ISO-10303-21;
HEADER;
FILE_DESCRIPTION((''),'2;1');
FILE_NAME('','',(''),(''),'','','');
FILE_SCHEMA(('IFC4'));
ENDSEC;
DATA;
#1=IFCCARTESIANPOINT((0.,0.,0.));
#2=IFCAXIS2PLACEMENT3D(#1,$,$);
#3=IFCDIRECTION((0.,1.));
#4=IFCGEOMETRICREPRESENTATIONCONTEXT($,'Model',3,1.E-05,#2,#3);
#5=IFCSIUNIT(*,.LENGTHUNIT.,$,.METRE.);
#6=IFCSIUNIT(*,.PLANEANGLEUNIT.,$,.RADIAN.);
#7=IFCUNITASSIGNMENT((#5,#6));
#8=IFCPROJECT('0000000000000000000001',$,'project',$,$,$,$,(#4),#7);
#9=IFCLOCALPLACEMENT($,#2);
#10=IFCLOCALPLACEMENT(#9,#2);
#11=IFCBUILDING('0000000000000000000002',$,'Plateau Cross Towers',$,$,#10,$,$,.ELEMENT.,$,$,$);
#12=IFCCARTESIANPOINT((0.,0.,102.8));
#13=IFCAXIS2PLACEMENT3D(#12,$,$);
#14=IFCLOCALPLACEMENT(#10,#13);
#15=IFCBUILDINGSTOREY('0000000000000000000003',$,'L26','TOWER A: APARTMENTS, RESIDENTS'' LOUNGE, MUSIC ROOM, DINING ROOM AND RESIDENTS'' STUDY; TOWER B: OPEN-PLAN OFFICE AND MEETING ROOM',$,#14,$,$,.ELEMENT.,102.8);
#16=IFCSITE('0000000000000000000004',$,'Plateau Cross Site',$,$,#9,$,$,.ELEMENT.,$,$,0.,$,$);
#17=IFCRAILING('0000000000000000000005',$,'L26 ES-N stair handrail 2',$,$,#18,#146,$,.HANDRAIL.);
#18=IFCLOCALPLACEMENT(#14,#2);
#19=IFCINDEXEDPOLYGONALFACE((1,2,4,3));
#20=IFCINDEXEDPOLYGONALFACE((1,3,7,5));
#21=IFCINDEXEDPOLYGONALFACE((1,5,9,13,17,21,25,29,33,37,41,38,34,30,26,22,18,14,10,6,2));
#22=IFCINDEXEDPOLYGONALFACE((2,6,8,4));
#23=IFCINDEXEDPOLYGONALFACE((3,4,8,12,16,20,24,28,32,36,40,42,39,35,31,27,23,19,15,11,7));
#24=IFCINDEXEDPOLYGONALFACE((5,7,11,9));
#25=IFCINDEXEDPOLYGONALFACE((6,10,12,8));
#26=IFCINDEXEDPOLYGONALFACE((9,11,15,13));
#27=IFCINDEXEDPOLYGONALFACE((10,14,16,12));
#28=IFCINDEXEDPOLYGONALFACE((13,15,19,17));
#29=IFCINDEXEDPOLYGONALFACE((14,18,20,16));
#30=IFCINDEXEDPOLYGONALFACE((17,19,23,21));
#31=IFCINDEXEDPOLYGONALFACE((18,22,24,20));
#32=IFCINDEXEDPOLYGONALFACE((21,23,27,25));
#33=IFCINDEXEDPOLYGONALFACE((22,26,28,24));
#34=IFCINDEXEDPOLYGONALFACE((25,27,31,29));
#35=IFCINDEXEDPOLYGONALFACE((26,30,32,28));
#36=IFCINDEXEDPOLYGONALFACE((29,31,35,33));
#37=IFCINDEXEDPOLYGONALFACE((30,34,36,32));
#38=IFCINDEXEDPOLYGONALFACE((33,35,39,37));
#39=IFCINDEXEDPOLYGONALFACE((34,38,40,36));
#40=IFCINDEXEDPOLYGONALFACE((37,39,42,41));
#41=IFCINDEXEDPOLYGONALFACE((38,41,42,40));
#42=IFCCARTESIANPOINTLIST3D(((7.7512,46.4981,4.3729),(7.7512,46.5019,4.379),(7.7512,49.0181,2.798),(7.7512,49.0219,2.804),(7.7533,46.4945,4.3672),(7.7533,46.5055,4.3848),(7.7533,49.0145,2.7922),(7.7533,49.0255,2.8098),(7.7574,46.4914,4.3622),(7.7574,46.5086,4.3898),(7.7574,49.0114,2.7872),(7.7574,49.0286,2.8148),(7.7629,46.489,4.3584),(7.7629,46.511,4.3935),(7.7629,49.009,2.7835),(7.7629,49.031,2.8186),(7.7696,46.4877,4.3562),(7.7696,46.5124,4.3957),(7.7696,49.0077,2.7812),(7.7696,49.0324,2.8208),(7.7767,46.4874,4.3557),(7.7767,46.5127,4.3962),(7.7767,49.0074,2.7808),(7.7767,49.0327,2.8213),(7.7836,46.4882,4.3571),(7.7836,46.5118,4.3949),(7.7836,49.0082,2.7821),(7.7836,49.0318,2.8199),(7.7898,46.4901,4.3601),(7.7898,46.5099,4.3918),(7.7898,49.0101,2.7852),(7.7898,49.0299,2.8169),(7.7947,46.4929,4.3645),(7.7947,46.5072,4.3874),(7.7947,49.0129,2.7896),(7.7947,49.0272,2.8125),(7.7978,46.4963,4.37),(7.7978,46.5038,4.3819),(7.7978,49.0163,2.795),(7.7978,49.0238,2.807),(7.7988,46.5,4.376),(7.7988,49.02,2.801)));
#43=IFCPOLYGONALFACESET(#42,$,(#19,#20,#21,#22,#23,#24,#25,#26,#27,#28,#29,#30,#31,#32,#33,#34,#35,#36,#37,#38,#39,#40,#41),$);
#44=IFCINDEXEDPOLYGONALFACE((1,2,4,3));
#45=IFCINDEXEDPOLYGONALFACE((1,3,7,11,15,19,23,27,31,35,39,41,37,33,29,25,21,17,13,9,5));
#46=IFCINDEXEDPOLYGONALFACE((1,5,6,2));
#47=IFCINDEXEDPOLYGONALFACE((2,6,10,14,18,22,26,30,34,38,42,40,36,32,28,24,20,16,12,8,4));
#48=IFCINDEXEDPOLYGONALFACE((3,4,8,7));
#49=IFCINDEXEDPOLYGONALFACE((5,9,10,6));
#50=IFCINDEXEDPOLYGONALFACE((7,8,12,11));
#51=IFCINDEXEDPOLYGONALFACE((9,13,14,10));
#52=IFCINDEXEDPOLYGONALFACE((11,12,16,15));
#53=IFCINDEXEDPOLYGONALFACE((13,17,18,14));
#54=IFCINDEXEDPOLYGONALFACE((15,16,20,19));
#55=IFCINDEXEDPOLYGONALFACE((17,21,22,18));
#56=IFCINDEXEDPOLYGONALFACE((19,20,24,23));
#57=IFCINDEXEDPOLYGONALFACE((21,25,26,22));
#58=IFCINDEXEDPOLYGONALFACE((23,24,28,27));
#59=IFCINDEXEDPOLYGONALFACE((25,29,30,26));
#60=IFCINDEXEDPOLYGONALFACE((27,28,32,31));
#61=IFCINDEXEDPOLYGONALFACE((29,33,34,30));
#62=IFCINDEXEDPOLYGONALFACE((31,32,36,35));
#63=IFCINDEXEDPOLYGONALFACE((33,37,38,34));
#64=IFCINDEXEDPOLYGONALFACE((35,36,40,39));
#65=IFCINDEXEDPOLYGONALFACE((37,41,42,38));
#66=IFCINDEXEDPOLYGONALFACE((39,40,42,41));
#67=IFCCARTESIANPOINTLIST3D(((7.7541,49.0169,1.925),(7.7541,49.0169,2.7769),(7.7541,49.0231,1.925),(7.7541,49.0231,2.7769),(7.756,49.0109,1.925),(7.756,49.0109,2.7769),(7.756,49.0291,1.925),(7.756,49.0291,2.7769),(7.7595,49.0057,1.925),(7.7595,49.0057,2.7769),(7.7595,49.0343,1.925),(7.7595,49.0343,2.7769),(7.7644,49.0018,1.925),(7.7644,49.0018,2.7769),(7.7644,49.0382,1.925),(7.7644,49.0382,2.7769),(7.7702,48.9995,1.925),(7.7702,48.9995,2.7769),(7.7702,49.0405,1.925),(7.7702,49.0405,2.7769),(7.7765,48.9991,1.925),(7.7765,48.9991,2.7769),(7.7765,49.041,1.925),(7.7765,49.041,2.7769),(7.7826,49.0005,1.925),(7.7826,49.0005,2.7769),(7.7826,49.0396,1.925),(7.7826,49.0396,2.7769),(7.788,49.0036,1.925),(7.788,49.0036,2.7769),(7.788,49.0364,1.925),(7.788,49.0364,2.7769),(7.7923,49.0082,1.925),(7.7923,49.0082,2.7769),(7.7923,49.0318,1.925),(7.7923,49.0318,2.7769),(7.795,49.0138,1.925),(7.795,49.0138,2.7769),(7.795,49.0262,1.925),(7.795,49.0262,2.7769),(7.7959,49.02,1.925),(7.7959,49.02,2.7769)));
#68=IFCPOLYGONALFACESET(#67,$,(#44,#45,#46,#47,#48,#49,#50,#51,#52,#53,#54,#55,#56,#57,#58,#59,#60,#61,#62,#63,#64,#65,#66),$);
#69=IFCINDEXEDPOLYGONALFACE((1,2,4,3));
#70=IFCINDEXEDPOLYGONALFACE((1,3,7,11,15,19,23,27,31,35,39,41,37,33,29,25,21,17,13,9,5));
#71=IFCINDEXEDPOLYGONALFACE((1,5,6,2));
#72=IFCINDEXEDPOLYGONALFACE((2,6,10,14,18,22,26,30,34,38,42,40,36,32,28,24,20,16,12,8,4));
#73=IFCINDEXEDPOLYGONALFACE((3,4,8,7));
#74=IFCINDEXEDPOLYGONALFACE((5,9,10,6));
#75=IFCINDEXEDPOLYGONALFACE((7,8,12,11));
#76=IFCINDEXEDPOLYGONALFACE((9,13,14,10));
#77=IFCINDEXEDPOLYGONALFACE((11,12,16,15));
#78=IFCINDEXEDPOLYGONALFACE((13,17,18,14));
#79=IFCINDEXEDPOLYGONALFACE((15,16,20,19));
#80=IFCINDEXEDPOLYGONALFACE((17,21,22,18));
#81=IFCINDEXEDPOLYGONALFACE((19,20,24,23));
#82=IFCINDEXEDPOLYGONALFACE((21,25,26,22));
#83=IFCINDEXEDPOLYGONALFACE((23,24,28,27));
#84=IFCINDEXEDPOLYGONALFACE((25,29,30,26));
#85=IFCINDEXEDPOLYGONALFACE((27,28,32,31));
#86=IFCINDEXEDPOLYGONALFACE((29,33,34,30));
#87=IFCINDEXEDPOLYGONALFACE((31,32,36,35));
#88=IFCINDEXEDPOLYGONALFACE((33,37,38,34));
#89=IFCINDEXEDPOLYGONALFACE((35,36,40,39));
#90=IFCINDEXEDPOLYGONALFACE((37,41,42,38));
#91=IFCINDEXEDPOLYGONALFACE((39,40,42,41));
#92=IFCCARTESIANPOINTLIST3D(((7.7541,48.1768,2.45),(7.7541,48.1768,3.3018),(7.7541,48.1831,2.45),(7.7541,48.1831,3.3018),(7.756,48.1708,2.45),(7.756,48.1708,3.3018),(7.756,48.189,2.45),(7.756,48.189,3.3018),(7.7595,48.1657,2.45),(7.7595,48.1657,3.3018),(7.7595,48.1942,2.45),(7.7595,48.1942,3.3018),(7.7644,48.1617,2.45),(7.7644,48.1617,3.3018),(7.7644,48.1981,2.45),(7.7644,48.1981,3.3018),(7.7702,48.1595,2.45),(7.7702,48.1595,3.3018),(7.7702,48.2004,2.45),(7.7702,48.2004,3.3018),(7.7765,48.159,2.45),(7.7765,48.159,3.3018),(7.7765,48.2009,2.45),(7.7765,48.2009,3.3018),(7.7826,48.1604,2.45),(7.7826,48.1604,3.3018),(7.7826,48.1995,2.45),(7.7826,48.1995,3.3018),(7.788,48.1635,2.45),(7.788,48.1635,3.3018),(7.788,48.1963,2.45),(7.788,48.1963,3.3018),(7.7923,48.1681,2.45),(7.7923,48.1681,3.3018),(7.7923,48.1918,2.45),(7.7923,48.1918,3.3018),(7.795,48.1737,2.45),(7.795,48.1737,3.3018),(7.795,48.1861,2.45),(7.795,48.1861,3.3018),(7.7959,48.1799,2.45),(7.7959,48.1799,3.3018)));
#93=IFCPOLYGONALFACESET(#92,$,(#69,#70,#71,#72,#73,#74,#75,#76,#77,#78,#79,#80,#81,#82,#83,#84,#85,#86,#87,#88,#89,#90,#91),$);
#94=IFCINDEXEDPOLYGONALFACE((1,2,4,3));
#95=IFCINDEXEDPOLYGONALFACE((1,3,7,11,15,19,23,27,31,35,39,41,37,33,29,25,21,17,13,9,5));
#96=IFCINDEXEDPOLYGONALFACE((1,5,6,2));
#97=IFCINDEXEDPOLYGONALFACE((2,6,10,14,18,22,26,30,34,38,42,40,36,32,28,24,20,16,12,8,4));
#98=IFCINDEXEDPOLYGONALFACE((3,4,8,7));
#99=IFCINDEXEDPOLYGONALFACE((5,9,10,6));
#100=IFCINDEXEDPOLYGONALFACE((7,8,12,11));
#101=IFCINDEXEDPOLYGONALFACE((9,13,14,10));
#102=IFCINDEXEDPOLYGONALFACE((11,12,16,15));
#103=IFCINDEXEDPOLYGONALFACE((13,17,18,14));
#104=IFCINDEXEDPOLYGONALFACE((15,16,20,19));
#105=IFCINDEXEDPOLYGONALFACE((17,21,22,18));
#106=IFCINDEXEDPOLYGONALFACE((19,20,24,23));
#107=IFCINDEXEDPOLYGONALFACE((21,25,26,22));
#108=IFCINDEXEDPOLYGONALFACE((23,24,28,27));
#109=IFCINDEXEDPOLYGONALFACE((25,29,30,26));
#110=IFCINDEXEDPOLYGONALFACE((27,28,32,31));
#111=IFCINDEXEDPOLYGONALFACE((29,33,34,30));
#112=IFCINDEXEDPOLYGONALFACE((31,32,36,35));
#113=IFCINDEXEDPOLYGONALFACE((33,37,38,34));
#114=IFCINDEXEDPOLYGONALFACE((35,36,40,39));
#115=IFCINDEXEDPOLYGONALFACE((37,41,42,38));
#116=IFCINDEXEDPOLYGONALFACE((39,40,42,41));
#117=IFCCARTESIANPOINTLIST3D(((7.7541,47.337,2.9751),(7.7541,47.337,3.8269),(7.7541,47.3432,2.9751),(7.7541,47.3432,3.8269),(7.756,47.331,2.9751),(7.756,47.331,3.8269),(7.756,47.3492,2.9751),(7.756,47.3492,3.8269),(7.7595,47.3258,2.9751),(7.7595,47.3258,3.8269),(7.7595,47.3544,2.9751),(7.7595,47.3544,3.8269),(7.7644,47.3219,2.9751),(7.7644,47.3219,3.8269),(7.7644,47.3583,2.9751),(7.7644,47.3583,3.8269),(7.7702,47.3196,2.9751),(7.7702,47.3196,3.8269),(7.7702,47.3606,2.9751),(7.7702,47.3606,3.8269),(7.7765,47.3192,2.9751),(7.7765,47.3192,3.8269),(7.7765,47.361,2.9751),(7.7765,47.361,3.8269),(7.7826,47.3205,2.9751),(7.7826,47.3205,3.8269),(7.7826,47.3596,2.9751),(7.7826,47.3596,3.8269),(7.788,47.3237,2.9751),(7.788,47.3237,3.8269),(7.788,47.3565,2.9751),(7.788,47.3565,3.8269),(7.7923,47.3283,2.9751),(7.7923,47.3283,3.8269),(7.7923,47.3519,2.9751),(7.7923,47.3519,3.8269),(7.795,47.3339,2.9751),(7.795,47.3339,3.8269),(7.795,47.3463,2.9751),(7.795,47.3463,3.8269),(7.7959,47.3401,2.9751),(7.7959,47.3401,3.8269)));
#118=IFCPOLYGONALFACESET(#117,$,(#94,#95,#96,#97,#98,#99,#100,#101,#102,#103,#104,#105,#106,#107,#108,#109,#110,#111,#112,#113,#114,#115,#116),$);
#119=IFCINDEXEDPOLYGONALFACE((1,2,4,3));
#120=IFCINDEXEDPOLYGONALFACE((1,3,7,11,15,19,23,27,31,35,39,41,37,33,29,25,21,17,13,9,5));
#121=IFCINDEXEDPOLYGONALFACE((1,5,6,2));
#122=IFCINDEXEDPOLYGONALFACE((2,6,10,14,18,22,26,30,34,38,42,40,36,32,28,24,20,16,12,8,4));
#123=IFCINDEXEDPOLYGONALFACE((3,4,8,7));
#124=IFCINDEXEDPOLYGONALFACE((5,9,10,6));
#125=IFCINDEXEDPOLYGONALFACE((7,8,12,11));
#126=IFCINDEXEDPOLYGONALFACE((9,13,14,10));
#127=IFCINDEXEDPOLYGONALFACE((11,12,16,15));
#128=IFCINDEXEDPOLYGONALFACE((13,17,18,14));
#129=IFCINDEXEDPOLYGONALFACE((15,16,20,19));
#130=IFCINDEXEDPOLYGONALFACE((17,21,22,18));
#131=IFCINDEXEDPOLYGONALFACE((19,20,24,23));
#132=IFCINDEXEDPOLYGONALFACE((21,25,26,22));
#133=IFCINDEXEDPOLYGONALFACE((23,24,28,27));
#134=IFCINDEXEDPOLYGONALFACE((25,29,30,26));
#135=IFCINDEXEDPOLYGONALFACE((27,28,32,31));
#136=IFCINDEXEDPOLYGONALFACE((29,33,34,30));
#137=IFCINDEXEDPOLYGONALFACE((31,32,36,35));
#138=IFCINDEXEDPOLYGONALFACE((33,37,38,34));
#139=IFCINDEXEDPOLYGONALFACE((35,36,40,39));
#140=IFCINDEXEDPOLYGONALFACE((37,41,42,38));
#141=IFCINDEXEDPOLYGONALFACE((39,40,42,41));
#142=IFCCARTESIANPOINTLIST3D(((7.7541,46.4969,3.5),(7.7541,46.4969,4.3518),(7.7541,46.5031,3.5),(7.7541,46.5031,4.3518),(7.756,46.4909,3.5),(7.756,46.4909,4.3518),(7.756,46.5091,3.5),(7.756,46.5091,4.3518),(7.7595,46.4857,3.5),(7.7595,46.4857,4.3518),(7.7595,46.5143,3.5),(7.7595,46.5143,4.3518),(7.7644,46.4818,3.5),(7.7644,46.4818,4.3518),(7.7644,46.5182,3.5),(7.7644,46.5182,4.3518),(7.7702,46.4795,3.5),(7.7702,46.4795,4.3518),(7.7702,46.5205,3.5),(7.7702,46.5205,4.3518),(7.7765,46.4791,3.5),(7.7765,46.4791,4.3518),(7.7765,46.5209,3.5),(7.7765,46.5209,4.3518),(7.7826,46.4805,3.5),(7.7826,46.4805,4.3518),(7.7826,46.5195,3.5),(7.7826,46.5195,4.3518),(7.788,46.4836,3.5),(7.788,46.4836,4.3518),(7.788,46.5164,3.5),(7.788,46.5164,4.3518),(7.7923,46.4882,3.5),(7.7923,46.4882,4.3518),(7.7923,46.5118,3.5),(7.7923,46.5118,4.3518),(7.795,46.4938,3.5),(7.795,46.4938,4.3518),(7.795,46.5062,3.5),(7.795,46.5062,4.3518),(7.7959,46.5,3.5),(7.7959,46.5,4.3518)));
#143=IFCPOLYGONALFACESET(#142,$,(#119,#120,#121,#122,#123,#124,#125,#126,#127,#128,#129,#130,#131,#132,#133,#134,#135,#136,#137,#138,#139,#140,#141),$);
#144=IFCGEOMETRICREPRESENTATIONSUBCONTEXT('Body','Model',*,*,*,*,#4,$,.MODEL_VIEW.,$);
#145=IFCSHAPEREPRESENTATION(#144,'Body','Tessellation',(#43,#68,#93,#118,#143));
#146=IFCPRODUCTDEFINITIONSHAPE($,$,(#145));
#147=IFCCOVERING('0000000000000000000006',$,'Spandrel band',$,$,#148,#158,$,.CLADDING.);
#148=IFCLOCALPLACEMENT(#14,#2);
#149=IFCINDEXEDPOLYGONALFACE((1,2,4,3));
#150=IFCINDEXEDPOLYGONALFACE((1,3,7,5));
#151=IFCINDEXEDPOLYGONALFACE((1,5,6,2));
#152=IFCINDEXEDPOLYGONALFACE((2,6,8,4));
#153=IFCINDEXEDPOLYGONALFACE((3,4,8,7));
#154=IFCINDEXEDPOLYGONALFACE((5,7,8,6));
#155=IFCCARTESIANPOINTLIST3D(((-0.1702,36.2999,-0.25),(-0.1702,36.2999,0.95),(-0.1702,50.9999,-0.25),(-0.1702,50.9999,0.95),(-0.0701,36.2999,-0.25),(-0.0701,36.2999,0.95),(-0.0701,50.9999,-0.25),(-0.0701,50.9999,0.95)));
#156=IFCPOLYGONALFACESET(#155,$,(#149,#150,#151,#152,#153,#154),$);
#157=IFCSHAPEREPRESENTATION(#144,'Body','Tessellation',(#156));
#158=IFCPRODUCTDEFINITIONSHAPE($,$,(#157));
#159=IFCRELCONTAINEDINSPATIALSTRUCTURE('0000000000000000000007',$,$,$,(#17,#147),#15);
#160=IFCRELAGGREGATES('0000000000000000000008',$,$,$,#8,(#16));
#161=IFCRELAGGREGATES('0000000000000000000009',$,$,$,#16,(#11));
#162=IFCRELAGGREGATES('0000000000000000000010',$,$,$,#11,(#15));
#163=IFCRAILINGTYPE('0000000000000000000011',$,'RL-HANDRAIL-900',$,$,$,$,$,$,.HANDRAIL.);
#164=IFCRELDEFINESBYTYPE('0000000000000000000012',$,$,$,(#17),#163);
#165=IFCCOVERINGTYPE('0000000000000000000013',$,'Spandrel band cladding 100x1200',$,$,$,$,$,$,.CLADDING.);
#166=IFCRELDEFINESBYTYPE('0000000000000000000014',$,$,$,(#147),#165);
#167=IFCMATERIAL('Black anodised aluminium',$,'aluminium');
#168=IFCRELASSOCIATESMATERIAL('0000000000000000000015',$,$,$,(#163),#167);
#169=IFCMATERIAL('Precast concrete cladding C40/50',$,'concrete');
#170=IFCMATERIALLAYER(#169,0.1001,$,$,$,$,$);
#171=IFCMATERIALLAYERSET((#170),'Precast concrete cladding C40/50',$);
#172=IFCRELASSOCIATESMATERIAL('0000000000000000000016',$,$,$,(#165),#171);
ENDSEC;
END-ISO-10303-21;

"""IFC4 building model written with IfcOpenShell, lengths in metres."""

from ifc_helpers import new_model, si_unit, direction, frame, origin, origin_2d, place, context, subcontext, project, spatial, rectangle, circle, extrude, material, layer, layer_set, type_object, element, save


model = new_model("IFC4")

# Units and contexts
model_context = context("Model", 3, precision=1e-05, world=origin(), true_north=direction((0.0, 1.0)))
body_context = subcontext(model_context, "Body", "Model", "MODEL_VIEW")
ifc_project = project(units=[si_unit("LENGTHUNIT", "METRE"), si_unit("PLANEANGLEUNIT", "RADIAN")], contexts=[model_context])

# Site, building, storey
site_placement = place(None, origin())
site = spatial("IfcSite", under=ifc_project, at=site_placement, Name="Plateau Cross Site", CompositionType="ELEMENT", RefElevation=0.0)
building_placement = place(site_placement, origin())
building = spatial("IfcBuilding", under=site, at=building_placement, Name="Plateau Cross Towers", CompositionType="ELEMENT")
storey_placement = place(building_placement, frame((0.0, 0.0, 102.8)))
storey = spatial("IfcBuildingStorey", under=building, at=storey_placement, Name="L26", Description="TOWER A: APARTMENTS, RESIDENTS' LOUNGE, MUSIC ROOM, DINING ROOM AND RESIDENTS' STUDY; TOWER B: OPEN-PLAN OFFICE AND MEETING ROOM", CompositionType="ELEMENT", Elevation=102.8)

# Shared definitions
ifc_material_1 = material(Name="Black anodised aluminium", Category="aluminium")

# Railing
railing_type_1 = type_object("IfcRailingType", Name="RL-HANDRAIL-900", PredefinedType="HANDRAIL", material=ifc_material_1)
railing_1_placement = place(storey_placement, frame((7.7749, 49.02, 1.925)))
element("IfcRailing", 1, at=railing_1_placement, inside=storey, type_object=railing_type_1, Name="L26 ES-N stair handrail 2", PredefinedType="HANDRAIL", context=body_context, shape_type="SweptSolid", body=[
    extrude(circle(Radius=0.0239, at=origin_2d()), frame((0.0, 0.0, 0.876), z_axis=(0.0, -0.848008, 0.529984), x_axis=(1.0, 0.0, 0.0)), (0.0, 0.0, 1.0), 2.9717),
    extrude(circle(Radius=0.021, at=origin_2d()), origin(), (0.0, 0.0, 1.0), 0.8518),
    extrude(circle(Radius=0.021, at=origin_2d()), frame((0.0, -0.8401, 0.5249)), (0.0, 0.0, 1.0), 0.8518),
    extrude(circle(Radius=0.021, at=origin_2d()), frame((0.0, -1.6799, 1.05)), (0.0, 0.0, 1.0), 0.8518),
    extrude(circle(Radius=0.021, at=origin_2d()), frame((0.0, -2.52, 1.575)), (0.0, 0.0, 1.0), 0.8518),
])

# Covering
ifc_material_2 = material(Name="Precast concrete cladding C40/50", Category="concrete")
ifc_layer_1 = layer(ifc_material_2, 0.1001)
ifc_layer_set_1 = layer_set([ifc_layer_1], Name="Precast concrete cladding C40/50")
covering_type = type_object("IfcCoveringType", Name="Spandrel band cladding 100x1200", PredefinedType="CLADDING", material=ifc_layer_set_1)
covering_placement = place(storey_placement, frame((-0.1201, 43.6499, -0.25), z_axis=(0.0, 0.0, 1.0), x_axis=(0.0, -1.0, 0.0)))
element("IfcCovering", 2, at=covering_placement, inside=storey, type_object=covering_type, Name="Spandrel band", PredefinedType="CLADDING", context=body_context, shape_type="SweptSolid", body=[
    extrude(rectangle(XDim=14.7, YDim=0.1001, at=origin_2d()), origin(), (0.0, 0.0, 1.0), 1.2),
])

save(model, "model.ifc")
